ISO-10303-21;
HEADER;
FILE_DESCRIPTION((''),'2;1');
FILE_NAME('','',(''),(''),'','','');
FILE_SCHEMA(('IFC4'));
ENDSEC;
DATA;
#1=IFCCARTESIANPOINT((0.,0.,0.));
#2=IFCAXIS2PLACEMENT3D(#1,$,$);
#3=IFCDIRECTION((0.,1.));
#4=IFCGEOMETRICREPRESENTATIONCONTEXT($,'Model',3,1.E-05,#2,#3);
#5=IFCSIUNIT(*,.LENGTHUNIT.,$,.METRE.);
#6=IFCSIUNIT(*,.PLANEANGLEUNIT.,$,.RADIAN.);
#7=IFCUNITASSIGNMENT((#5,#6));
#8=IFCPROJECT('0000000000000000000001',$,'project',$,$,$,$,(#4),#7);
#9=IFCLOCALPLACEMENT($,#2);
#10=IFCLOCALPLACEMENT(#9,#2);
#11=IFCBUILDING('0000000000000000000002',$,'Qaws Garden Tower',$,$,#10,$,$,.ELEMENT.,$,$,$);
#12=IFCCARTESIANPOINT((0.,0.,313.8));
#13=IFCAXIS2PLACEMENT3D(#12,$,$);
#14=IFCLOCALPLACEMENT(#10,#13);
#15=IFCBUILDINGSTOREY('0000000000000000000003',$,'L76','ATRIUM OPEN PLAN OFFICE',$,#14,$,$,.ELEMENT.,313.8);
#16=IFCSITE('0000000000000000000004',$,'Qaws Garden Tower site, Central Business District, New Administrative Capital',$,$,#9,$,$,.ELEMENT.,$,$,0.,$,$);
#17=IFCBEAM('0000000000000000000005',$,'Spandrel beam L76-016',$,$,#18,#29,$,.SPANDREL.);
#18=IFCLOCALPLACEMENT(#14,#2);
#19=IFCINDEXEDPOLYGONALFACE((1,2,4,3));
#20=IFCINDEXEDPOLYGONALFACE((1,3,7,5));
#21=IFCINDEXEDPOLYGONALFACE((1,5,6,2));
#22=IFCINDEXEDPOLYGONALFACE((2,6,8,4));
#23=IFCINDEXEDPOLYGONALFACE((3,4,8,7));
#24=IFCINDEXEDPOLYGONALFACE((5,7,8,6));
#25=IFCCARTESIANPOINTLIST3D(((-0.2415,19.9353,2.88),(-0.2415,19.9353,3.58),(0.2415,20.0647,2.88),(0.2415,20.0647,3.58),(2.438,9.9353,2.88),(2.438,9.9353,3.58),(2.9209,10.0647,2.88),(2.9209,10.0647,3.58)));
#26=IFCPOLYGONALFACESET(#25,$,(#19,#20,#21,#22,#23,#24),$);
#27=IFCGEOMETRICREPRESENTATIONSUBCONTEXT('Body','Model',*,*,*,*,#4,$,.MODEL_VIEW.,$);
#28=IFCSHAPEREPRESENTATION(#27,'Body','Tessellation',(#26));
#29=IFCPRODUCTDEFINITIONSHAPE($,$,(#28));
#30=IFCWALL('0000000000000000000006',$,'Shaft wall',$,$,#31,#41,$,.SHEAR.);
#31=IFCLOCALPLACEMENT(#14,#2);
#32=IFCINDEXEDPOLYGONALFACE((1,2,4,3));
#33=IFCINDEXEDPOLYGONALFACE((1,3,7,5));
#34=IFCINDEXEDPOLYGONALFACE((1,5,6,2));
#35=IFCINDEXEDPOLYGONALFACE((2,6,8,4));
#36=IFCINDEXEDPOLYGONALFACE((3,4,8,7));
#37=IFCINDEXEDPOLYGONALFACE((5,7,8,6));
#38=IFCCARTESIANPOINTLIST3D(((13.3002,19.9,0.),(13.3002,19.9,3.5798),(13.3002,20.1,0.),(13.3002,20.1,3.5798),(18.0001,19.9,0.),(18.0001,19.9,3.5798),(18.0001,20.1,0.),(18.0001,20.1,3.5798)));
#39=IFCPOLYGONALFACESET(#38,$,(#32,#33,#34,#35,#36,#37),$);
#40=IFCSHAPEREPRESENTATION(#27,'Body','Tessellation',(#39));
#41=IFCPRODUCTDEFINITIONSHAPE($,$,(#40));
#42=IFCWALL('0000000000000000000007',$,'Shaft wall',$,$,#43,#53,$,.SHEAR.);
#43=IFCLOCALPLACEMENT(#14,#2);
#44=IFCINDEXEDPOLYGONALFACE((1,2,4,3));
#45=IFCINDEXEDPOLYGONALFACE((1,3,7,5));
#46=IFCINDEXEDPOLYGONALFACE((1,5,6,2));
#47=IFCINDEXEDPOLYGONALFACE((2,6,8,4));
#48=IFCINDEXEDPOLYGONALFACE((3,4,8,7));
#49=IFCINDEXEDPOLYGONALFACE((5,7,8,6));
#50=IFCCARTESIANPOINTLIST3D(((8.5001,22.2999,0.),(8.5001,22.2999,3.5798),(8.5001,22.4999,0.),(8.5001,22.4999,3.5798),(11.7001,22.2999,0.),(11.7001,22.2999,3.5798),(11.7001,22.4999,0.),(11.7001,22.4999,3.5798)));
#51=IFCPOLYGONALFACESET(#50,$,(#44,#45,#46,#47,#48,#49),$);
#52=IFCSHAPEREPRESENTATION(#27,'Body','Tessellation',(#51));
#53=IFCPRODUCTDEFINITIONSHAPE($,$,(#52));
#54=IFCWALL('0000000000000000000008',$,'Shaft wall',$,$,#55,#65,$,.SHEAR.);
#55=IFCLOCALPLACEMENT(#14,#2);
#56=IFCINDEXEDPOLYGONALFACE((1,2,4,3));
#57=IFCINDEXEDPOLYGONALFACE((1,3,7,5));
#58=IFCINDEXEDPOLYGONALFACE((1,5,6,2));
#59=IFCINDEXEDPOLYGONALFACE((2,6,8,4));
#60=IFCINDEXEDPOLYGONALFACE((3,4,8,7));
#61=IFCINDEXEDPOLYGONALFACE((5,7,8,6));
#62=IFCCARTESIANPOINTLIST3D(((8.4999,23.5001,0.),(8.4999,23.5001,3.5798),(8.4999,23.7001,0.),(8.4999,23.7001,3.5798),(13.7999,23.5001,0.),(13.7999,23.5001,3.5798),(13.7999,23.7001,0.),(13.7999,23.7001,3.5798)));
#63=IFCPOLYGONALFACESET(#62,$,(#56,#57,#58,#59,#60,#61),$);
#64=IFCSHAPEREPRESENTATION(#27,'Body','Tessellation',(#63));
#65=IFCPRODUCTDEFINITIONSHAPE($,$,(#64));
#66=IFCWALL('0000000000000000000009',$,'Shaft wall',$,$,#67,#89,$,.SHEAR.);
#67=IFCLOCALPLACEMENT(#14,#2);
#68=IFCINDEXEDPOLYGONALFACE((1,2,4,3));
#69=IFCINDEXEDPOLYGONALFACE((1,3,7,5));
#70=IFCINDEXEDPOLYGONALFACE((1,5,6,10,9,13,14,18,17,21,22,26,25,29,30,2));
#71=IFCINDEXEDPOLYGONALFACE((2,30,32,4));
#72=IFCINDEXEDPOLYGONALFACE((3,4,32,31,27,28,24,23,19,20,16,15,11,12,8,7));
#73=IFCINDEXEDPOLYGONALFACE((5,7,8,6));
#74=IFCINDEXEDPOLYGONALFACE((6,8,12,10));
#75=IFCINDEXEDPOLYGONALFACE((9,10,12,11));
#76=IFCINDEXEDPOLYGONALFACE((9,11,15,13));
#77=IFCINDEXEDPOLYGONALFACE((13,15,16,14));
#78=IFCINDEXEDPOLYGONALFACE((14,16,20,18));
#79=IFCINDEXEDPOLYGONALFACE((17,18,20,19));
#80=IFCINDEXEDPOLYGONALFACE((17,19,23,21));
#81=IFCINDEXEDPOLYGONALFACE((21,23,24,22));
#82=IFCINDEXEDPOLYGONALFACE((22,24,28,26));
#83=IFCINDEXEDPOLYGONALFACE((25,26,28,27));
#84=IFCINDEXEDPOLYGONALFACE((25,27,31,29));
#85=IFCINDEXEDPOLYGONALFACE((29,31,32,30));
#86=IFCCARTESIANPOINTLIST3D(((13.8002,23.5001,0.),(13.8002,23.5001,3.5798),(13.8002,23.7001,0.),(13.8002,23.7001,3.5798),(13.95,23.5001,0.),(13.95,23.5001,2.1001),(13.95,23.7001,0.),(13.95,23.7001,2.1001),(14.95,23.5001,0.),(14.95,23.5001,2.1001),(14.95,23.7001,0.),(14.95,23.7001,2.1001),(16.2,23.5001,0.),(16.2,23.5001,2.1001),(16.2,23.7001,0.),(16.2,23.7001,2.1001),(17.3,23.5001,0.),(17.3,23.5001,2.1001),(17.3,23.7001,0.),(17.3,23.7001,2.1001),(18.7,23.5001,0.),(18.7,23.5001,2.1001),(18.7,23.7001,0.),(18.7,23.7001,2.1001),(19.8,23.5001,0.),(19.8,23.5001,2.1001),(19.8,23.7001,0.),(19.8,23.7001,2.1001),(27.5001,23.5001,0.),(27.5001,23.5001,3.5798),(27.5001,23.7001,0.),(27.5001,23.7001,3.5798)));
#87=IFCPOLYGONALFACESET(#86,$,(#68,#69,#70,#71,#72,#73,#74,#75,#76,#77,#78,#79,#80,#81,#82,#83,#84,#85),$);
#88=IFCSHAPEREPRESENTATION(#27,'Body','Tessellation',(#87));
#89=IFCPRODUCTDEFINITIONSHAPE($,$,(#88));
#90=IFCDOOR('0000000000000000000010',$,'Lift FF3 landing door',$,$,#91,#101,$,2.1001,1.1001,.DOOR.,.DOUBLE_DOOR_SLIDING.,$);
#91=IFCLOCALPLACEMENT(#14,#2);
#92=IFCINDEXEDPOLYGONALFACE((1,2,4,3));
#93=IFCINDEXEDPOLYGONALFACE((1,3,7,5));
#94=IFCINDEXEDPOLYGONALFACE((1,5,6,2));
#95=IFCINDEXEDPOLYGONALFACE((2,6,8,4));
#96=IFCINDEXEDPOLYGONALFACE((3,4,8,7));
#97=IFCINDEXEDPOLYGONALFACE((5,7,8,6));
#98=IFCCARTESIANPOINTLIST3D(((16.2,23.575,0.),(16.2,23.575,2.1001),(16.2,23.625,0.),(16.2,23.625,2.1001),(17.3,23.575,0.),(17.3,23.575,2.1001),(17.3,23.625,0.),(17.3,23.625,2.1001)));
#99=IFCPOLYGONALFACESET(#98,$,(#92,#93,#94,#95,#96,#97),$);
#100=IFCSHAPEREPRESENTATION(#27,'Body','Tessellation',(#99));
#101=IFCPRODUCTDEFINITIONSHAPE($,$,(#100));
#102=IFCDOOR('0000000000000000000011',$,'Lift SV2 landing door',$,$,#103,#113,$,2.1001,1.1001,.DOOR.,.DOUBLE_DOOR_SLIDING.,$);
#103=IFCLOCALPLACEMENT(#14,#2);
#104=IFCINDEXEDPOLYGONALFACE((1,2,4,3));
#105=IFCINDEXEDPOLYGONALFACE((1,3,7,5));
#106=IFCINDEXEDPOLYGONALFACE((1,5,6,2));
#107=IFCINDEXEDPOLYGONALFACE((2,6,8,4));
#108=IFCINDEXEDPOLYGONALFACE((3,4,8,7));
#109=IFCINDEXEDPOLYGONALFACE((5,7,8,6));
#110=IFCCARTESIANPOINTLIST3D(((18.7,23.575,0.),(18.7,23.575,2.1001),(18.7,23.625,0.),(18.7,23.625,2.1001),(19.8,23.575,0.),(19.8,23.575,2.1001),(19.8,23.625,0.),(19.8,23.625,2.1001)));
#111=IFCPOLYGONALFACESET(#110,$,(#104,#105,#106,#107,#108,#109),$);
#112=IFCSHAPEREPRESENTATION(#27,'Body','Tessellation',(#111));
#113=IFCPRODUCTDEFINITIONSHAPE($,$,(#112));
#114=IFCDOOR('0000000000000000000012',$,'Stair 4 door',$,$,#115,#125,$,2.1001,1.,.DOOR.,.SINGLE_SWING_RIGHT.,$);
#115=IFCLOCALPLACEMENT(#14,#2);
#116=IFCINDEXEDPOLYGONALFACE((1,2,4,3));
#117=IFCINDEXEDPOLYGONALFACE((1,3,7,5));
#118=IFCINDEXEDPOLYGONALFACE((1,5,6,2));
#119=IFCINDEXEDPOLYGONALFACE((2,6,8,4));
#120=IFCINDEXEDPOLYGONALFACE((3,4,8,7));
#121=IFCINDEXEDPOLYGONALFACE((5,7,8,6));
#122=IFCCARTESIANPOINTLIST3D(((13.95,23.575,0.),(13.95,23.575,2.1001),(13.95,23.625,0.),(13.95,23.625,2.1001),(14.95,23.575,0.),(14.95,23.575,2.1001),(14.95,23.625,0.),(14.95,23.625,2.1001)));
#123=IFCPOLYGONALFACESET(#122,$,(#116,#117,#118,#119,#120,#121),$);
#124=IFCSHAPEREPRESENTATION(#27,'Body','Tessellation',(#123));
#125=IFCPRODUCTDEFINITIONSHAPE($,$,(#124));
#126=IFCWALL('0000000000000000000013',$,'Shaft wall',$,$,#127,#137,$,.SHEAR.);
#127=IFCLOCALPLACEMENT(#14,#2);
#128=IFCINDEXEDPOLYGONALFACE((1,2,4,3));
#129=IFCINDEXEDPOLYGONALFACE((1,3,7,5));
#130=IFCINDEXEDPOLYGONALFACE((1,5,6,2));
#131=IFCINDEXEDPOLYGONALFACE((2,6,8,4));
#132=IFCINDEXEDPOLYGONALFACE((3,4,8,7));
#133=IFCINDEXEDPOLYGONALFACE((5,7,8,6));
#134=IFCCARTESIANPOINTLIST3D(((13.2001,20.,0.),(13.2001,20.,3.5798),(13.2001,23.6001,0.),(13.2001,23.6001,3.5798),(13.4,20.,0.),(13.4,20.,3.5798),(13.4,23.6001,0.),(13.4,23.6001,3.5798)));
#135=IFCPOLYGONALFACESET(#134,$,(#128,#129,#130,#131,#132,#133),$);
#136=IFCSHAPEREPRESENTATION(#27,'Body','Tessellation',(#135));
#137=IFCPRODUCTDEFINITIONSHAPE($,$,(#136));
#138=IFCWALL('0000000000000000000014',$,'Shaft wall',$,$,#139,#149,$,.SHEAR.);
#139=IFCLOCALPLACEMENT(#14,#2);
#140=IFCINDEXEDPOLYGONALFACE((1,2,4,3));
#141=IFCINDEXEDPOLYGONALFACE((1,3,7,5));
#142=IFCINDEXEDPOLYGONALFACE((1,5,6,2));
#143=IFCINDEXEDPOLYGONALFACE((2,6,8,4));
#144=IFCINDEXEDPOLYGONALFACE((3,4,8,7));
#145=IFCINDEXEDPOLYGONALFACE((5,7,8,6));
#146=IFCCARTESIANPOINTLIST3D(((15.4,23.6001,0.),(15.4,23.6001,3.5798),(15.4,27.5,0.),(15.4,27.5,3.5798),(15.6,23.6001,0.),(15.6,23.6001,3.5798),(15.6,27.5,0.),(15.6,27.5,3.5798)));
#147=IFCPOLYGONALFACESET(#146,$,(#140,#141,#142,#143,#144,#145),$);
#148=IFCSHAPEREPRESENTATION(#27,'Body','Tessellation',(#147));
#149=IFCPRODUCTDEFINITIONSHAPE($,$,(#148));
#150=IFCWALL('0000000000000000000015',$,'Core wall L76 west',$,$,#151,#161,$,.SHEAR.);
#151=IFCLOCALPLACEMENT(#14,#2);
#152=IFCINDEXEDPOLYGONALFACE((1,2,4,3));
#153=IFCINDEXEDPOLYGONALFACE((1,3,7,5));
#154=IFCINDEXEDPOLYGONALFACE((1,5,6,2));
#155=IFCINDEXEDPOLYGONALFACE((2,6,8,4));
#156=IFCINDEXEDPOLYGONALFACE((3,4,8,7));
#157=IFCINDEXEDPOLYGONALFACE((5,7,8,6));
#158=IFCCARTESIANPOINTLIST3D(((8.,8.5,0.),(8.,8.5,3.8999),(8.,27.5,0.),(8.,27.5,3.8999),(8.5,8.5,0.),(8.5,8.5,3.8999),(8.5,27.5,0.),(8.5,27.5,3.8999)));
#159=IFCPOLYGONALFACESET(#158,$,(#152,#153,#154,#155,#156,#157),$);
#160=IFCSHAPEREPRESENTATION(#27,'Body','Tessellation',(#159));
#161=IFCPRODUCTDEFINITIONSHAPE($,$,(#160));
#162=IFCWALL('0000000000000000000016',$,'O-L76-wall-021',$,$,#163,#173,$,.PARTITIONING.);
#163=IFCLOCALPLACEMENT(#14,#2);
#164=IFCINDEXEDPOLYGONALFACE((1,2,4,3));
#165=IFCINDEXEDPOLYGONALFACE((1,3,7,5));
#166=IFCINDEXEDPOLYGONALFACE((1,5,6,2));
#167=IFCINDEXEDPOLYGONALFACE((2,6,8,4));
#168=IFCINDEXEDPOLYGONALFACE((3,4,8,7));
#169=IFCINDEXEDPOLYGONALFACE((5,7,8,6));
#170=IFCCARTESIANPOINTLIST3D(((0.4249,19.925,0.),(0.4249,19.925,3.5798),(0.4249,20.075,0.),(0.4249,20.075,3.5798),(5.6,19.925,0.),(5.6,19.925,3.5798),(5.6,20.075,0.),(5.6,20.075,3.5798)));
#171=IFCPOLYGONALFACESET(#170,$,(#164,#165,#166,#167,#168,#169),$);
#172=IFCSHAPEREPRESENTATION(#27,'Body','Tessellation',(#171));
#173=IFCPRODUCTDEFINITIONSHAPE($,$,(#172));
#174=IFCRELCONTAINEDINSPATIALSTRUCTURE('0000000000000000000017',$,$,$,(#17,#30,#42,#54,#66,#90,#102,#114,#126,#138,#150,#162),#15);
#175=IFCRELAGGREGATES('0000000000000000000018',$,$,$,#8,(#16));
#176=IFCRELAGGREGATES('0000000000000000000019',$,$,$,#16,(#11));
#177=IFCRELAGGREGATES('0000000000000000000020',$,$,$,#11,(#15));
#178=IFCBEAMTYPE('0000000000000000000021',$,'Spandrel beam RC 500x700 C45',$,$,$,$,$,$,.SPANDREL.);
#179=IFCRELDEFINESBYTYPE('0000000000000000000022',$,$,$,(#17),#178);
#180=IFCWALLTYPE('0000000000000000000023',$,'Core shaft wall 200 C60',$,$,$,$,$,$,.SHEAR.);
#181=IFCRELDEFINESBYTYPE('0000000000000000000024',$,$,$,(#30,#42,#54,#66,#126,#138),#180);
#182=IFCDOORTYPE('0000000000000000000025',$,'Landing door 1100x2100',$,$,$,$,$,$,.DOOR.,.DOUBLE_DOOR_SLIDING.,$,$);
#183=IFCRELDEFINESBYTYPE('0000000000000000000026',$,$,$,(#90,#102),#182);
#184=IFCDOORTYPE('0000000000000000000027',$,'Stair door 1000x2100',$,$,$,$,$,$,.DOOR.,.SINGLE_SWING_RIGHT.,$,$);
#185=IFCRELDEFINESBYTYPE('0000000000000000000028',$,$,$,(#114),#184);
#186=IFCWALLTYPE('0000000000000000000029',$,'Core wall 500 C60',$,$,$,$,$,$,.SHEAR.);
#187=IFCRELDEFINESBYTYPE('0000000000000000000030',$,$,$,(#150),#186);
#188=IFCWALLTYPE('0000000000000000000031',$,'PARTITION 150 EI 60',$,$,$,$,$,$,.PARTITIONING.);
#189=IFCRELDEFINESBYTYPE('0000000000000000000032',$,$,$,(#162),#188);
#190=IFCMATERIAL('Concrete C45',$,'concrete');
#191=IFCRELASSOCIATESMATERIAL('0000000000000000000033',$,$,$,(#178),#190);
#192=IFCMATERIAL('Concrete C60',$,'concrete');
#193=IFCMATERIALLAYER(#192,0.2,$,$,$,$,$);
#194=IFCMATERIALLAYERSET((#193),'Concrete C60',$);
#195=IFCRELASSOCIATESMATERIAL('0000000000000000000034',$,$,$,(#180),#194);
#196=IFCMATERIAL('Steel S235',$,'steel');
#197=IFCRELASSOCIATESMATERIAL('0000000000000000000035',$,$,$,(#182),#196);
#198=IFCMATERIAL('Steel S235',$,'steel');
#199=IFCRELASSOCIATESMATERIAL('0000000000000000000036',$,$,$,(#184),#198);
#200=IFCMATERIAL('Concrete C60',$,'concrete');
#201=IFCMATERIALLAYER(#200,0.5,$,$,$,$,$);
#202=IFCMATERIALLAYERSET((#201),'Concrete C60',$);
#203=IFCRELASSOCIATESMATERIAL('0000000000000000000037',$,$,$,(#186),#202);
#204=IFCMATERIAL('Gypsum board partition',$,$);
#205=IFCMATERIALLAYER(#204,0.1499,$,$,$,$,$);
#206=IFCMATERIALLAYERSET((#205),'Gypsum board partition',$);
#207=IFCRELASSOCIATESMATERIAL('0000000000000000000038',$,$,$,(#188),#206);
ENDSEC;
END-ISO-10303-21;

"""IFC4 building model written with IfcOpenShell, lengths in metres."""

from ifc_helpers import new_model, si_unit, direction, frame, frame_2d, origin, origin_2d, place, context, subcontext, project, spatial, rectangle, extrude, material, layer, layer_set, material_profile, profile_set, type_object, element, fill, save


model = new_model("IFC4")

# Units and contexts
model_context = context("Model", 3, precision=1e-05, world=origin(), true_north=direction((0.0, 1.0)))
body_context = subcontext(model_context, "Body", "Model", "MODEL_VIEW")
ifc_project = project(units=[si_unit("LENGTHUNIT", "METRE"), si_unit("PLANEANGLEUNIT", "RADIAN")], contexts=[model_context])

# Site, building, storey
site_placement = place(None, origin())
site = spatial("IfcSite", under=ifc_project, at=site_placement, Name="Qaws Garden Tower site, Central Business District, New Administrative Capital", CompositionType="ELEMENT", RefElevation=0.0)
building_placement = place(site_placement, origin())
building = spatial("IfcBuilding", under=site, at=building_placement, Name="Qaws Garden Tower", CompositionType="ELEMENT")
storey_placement = place(building_placement, frame((0.0, 0.0, 313.8)))
storey = spatial("IfcBuildingStorey", under=building, at=storey_placement, Name="L76", Description="ATRIUM OPEN PLAN OFFICE", CompositionType="ELEMENT", Elevation=313.8)

# Beam
ifc_material_1 = material(Name="Concrete C45", Category="concrete")
ifc_material_profile = material_profile(ifc_material_1, rectangle(XDim=0.5, YDim=0.7, at=origin_2d()), Name="RC 500x700")
ifc_profile_set = profile_set([ifc_material_profile], Name="Concrete C45")
beam_type = type_object("IfcBeamType", Name="Spandrel beam RC 500x700 C45", PredefinedType="SPANDREL", material=ifc_profile_set)
beam_placement = place(storey_placement, frame((0.0, 20.0, 3.23), z_axis=(0.258815, -0.965927, 0.0), x_axis=(0.965927, 0.258815, 0.0)))
element("IfcBeam", 1, at=beam_placement, inside=storey, type_object=beam_type, Name="Spandrel beam L76-016", PredefinedType="SPANDREL", context=body_context, shape_type="SweptSolid", body=[
    extrude(rectangle(XDim=0.5, YDim=0.7, at=origin_2d()), origin(), (0.0, 0.0, 1.0), 10.3528),
])

# Walls
ifc_material_2 = material(Name="Concrete C60", Category="concrete")
ifc_layer_1 = layer(ifc_material_2, 0.2)
ifc_layer_set_1 = layer_set([ifc_layer_1], Name="Concrete C60")
wall_type_1 = type_object("IfcWallType", Name="Core shaft wall 200 C60", PredefinedType="SHEAR", material=ifc_layer_set_1)
wall_1_placement = place(storey_placement, frame((13.3, 20.0, 0.0), z_axis=(0.0, 0.0, 1.0), x_axis=(1.0, 0.0, 0.0)))
element("IfcWall", 2, at=wall_1_placement, inside=storey, type_object=wall_type_1, Name="Shaft wall", PredefinedType="SHEAR", context=body_context, shape_type="SweptSolid", body=[
    extrude(rectangle(XDim=4.7, YDim=0.2, at=frame_2d((2.3501, 0.0))), origin(), (0.0, 0.0, 1.0), 3.5798),
])
wall_2_placement = place(storey_placement, frame((8.5, 22.3999, 0.0), z_axis=(0.0, 0.0, 1.0), x_axis=(1.0, 0.0, 0.0)))
element("IfcWall", 3, at=wall_2_placement, inside=storey, type_object=wall_type_1, Name="Shaft wall", PredefinedType="SHEAR", context=body_context, shape_type="SweptSolid", body=[
    extrude(rectangle(XDim=3.2, YDim=0.2, at=frame_2d((1.6001, 0.0))), origin(), (0.0, 0.0, 1.0), 3.5798),
])
wall_3_placement = place(storey_placement, frame((8.5, 23.6001, 0.0), z_axis=(0.0, 0.0, 1.0), x_axis=(1.0, 0.0, 0.0)))
element("IfcWall", 4, at=wall_3_placement, inside=storey, type_object=wall_type_1, Name="Shaft wall", PredefinedType="SHEAR", context=body_context, shape_type="SweptSolid", body=[
    extrude(rectangle(XDim=5.3, YDim=0.2, at=frame_2d((2.6499, 0.0))), origin(), (0.0, 0.0, 1.0), 3.5798),
])

# Wall, openings, doors
wall_4_placement = place(storey_placement, frame((13.8, 23.6001, 0.0), z_axis=(0.0, 0.0, 1.0), x_axis=(1.0, 0.0, 0.0)))
wall_4 = element("IfcWall", 5, at=wall_4_placement, inside=storey, type_object=wall_type_1, Name="Shaft wall", PredefinedType="SHEAR", context=body_context, shape_type="SweptSolid", body=[
    extrude(rectangle(XDim=13.7, YDim=0.2, at=frame_2d((6.8501, 0.0))), origin(), (0.0, 0.0, 1.0), 3.5798),
])
opening_1_placement = place(wall_4_placement, frame((2.3999, 0.0, 0.0)))
opening_1 = element("IfcOpeningElement", 6, at=opening_1_placement, cuts=wall_4, PredefinedType="OPENING", context=body_context, shape_type="SweptSolid", body=[
    extrude(rectangle(XDim=1.1001, YDim=2.1001, at=frame_2d((0.55, 1.05))), frame((0.0, 0.1099, 0.0), z_axis=(0.0, -1.0, 0.0), x_axis=(1.0, 0.0, 0.0)), (0.0, 0.0, 1.0), 0.22),
])
opening_2_placement = place(wall_4_placement, frame((4.8999, 0.0, 0.0)))
opening_2 = element("IfcOpeningElement", 7, at=opening_2_placement, cuts=wall_4, PredefinedType="OPENING", context=body_context, shape_type="SweptSolid", body=[
    extrude(rectangle(XDim=1.1001, YDim=2.1001, at=frame_2d((0.55, 1.05))), frame((0.0, 0.1099, 0.0), z_axis=(0.0, -1.0, 0.0), x_axis=(1.0, 0.0, 0.0)), (0.0, 0.0, 1.0), 0.22),
])
opening_3_placement = place(wall_4_placement, frame((0.1499, 0.0, 0.0)))
opening_3 = element("IfcOpeningElement", 8, at=opening_3_placement, cuts=wall_4, PredefinedType="OPENING", context=body_context, shape_type="SweptSolid", body=[
    extrude(rectangle(XDim=1.0, YDim=2.1001, at=frame_2d((0.5, 1.05))), frame((0.0, 0.1099, 0.0), z_axis=(0.0, -1.0, 0.0), x_axis=(1.0, 0.0, 0.0)), (0.0, 0.0, 1.0), 0.22),
])
ifc_material_3 = material(Name="Steel S235", Category="steel")
door_type_1 = type_object("IfcDoorType", Name="Landing door 1100x2100", OperationType="DOUBLE_DOOR_SLIDING", PredefinedType="DOOR", material=ifc_material_3)
door_1_placement = place(opening_1_placement, origin())
door_1 = element("IfcDoor", 9, at=door_1_placement, inside=storey, type_object=door_type_1, Name="Lift FF3 landing door", OperationType="DOUBLE_DOOR_SLIDING", OverallHeight=2.1001, OverallWidth=1.1001, PredefinedType="DOOR", context=body_context, shape_type="SweptSolid", body=[
    extrude(rectangle(XDim=1.1001, YDim=2.1001, at=frame_2d((0.55, 1.05))), frame((0.0, 0.0249, 0.0), z_axis=(0.0, -1.0, 0.0), x_axis=(1.0, 0.0, 0.0)), (0.0, 0.0, 1.0), 0.05),
])
fill(opening_1, door_1)
door_2_placement = place(opening_2_placement, origin())
door_2 = element("IfcDoor", 10, at=door_2_placement, inside=storey, type_object=door_type_1, Name="Lift SV2 landing door", OperationType="DOUBLE_DOOR_SLIDING", OverallHeight=2.1001, OverallWidth=1.1001, PredefinedType="DOOR", context=body_context, shape_type="SweptSolid", body=[
    extrude(rectangle(XDim=1.1001, YDim=2.1001, at=frame_2d((0.55, 1.05))), frame((0.0, 0.0249, 0.0), z_axis=(0.0, -1.0, 0.0), x_axis=(1.0, 0.0, 0.0)), (0.0, 0.0, 1.0), 0.05),
])
fill(opening_2, door_2)
ifc_material_4 = material(Name="Steel S235", Category="steel")
door_type_2 = type_object("IfcDoorType", Name="Stair door 1000x2100", OperationType="SINGLE_SWING_RIGHT", PredefinedType="DOOR", material=ifc_material_4)
door_3_placement = place(opening_3_placement, origin())
door_3 = element("IfcDoor", 11, at=door_3_placement, inside=storey, type_object=door_type_2, Name="Stair 4 door", OperationType="SINGLE_SWING_RIGHT", OverallHeight=2.1001, OverallWidth=1.0, PredefinedType="DOOR", context=body_context, shape_type="SweptSolid", body=[
    extrude(rectangle(XDim=1.0, YDim=2.1001, at=frame_2d((0.5, 1.05))), frame((0.0, 0.0249, 0.0), z_axis=(0.0, -1.0, 0.0), x_axis=(1.0, 0.0, 0.0)), (0.0, 0.0, 1.0), 0.05),
])
fill(opening_3, door_3)

# Walls
wall_5_placement = place(storey_placement, frame((13.3, 20.0, 0.0), z_axis=(0.0, 0.0, 1.0), x_axis=(0.0, 1.0, 0.0)))
element("IfcWall", 12, at=wall_5_placement, inside=storey, type_object=wall_type_1, Name="Shaft wall", PredefinedType="SHEAR", context=body_context, shape_type="SweptSolid", body=[
    extrude(rectangle(XDim=3.6001, YDim=0.2, at=frame_2d((1.8, 0.0))), origin(), (0.0, 0.0, 1.0), 3.5798),
])
wall_6_placement = place(storey_placement, frame((15.5, 23.6001, 0.0), z_axis=(0.0, 0.0, 1.0), x_axis=(0.0, 1.0, 0.0)))
element("IfcWall", 13, at=wall_6_placement, inside=storey, type_object=wall_type_1, Name="Shaft wall", PredefinedType="SHEAR", context=body_context, shape_type="SweptSolid", body=[
    extrude(rectangle(XDim=3.8999, YDim=0.2, at=frame_2d((1.95, 0.0))), origin(), (0.0, 0.0, 1.0), 3.5798),
])
ifc_material_5 = material(Name="Concrete C60", Category="concrete")
ifc_layer_2 = layer(ifc_material_5, 0.5)
ifc_layer_set_2 = layer_set([ifc_layer_2], Name="Concrete C60")
wall_type_2 = type_object("IfcWallType", Name="Core wall 500 C60", PredefinedType="SHEAR", material=ifc_layer_set_2)
wall_7_placement = place(storey_placement, frame((8.25, 27.5, 0.0), z_axis=(0.0, 0.0, 1.0), x_axis=(0.0, -1.0, 0.0)))
element("IfcWall", 14, at=wall_7_placement, inside=storey, type_object=wall_type_2, Name="Core wall L76 west", PredefinedType="SHEAR", context=body_context, shape_type="SweptSolid", body=[
    extrude(rectangle(XDim=19.0, YDim=0.5, at=frame_2d((9.5, 0.0))), origin(), (0.0, 0.0, 1.0), 3.8999),
])
ifc_material_6 = material(Name="Gypsum board partition")
ifc_layer_3 = layer(ifc_material_6, 0.1499)
ifc_layer_set_3 = layer_set([ifc_layer_3], Name="Gypsum board partition")
wall_type_3 = type_object("IfcWallType", Name="PARTITION 150 EI 60", PredefinedType="PARTITIONING", material=ifc_layer_set_3)
wall_8_placement = place(storey_placement, frame((0.425, 20.0, 0.0), z_axis=(0.0, 0.0, 1.0), x_axis=(1.0, 0.0, 0.0)))
element("IfcWall", 15, at=wall_8_placement, inside=storey, type_object=wall_type_3, Name="O-L76-wall-021", PredefinedType="PARTITIONING", context=body_context, shape_type="SweptSolid", body=[
    extrude(rectangle(XDim=5.175, YDim=0.1499, at=frame_2d((2.5874, 0.0))), origin(), (0.0, 0.0, 1.0), 3.5798),
])

save(model, "model.ifc")
